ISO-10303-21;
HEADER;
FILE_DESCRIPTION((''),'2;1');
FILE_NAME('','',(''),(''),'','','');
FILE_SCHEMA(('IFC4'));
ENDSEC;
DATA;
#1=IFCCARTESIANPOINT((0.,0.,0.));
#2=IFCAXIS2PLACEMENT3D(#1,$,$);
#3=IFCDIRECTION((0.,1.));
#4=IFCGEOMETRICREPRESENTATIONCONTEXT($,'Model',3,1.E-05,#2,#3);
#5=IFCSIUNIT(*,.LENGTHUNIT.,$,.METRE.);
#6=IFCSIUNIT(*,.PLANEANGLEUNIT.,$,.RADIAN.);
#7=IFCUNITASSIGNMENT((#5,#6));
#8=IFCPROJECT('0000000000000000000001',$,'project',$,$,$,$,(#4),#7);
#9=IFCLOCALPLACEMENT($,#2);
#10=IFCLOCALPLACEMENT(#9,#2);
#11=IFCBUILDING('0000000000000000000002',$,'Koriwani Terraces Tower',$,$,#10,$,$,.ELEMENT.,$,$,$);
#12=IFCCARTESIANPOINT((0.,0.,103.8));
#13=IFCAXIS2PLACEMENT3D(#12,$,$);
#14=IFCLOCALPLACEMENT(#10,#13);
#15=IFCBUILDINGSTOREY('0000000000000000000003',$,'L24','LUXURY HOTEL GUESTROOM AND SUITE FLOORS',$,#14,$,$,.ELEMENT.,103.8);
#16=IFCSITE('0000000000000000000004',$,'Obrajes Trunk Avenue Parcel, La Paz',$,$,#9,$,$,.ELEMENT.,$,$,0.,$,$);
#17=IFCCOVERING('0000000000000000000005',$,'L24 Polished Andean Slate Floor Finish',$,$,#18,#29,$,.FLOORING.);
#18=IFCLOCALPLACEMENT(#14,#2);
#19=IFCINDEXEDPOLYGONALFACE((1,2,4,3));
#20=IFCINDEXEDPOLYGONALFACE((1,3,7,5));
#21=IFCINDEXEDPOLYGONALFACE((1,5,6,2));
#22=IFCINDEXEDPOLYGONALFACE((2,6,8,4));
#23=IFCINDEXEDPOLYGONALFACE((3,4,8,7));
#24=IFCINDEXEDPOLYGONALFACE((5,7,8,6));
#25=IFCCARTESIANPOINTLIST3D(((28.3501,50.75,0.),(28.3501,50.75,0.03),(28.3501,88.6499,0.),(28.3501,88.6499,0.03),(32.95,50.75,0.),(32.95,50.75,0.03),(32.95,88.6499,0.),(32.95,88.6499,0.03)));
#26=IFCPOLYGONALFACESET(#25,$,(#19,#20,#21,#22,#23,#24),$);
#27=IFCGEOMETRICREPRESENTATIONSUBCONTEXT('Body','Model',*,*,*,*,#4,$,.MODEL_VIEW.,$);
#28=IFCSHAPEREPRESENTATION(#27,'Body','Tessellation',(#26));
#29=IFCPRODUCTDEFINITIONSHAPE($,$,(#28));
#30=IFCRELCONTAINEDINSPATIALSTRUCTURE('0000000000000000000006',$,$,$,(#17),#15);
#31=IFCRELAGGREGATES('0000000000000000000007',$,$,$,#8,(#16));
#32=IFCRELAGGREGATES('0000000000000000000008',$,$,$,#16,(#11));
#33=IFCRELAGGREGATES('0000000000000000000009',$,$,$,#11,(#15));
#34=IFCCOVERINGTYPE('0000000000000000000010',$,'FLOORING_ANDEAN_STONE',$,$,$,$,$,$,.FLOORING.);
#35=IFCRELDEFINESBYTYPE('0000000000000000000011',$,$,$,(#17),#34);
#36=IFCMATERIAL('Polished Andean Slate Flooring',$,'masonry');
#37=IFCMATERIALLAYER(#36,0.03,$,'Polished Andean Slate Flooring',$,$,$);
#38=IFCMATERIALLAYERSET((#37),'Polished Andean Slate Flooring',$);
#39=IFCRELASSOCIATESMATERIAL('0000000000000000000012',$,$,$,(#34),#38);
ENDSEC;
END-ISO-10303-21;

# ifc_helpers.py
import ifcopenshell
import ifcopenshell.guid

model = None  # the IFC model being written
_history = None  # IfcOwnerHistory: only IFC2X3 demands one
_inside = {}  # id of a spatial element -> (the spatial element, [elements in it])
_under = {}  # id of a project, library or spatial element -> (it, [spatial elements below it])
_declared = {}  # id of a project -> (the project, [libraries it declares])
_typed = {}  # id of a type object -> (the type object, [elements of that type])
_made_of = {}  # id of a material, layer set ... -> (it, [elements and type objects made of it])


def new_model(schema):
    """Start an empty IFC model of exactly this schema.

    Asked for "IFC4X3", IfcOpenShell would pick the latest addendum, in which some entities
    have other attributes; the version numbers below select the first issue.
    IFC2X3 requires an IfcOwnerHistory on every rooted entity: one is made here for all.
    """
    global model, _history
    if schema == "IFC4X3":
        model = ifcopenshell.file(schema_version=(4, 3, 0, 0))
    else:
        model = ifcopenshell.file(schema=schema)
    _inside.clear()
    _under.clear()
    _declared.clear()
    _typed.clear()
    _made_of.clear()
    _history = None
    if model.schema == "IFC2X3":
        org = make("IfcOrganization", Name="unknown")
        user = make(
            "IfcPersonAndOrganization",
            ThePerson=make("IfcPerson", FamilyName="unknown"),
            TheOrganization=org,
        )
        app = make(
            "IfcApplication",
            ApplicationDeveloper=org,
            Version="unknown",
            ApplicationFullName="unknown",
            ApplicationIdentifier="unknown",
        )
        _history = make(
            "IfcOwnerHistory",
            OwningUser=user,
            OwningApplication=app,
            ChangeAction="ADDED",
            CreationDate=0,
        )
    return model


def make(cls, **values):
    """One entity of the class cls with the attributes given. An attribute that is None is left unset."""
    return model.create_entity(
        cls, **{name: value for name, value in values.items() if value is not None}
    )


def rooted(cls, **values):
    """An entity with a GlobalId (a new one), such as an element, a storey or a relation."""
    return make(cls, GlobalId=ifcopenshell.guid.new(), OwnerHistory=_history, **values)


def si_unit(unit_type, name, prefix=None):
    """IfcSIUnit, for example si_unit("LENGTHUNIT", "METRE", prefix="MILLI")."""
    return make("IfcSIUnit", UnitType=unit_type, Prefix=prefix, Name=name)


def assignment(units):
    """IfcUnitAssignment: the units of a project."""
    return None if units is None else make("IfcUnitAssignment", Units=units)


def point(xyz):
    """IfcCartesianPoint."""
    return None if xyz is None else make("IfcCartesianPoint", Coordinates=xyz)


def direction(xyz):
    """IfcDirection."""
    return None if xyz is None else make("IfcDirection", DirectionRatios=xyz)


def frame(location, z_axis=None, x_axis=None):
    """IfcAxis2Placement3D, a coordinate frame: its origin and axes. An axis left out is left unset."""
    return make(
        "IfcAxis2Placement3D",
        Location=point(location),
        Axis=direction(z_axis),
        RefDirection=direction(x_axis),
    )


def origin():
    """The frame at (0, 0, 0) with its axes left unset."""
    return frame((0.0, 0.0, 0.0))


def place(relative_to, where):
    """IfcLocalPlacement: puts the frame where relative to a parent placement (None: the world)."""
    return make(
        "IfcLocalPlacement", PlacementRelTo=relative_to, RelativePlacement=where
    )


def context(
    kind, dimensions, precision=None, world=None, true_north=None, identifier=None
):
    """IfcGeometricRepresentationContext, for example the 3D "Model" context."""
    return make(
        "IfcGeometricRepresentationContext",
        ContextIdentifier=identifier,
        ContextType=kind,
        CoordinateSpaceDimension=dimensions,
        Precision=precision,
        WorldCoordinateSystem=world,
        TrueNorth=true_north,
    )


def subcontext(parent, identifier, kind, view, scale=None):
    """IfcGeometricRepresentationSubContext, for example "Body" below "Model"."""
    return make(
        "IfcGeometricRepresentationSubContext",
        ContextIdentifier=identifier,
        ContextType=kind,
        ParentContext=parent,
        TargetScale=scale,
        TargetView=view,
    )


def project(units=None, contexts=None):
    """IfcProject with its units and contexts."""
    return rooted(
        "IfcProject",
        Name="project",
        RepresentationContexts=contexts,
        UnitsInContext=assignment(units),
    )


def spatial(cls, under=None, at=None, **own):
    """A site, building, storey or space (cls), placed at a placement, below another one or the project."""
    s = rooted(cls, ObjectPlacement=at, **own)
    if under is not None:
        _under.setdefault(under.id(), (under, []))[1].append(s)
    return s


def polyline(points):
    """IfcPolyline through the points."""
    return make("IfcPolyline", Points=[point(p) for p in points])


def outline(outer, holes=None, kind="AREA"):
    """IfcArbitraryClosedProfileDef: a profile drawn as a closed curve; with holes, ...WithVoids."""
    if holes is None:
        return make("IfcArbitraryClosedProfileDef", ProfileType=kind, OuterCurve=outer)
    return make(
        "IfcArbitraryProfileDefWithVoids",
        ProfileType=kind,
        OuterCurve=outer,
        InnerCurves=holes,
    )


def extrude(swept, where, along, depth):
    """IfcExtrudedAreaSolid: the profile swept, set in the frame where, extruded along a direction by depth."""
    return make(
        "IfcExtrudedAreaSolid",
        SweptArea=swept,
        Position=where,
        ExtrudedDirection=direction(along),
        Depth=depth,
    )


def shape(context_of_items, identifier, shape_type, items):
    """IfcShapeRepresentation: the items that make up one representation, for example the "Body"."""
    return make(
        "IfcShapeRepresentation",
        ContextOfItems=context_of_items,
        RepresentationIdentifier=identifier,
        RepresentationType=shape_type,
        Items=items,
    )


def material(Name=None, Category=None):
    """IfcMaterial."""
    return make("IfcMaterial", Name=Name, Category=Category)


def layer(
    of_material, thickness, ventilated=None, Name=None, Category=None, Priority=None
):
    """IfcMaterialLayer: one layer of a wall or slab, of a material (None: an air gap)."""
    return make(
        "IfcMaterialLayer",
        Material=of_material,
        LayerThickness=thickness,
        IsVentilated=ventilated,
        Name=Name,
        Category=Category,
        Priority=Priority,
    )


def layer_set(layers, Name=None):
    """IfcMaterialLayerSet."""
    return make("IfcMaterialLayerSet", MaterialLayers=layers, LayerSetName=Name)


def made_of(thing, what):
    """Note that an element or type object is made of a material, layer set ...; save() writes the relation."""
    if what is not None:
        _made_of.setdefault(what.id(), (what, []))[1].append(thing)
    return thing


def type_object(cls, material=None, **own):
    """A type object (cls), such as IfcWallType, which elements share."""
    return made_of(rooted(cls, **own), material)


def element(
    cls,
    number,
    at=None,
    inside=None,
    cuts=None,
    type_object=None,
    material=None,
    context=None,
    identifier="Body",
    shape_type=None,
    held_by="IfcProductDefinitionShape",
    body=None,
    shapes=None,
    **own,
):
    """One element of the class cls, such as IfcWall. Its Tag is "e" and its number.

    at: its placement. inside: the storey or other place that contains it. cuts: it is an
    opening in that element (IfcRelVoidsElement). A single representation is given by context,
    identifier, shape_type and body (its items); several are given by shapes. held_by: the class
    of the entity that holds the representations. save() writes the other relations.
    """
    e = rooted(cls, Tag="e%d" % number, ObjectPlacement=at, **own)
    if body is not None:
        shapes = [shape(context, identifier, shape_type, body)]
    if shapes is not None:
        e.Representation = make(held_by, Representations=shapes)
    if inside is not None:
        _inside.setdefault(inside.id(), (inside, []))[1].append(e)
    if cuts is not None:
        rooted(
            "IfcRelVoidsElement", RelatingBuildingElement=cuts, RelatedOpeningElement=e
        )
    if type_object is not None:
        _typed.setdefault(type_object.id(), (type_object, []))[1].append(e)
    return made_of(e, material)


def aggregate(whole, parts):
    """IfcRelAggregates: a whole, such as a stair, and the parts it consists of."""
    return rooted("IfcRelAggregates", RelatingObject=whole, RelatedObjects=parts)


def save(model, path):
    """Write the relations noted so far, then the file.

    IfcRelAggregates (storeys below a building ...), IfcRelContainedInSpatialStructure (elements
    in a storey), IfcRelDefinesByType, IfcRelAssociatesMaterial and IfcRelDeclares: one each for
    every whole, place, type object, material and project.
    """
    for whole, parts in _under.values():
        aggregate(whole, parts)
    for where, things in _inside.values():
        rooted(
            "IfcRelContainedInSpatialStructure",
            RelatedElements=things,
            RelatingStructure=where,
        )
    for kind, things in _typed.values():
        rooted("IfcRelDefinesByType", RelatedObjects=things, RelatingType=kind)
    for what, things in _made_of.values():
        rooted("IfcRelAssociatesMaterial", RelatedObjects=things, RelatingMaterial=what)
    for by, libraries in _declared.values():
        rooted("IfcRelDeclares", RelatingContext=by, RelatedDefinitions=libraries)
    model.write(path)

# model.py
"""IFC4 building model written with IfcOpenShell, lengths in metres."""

from ifc_helpers import new_model, si_unit, direction, frame, origin, place, context, subcontext, project, spatial, polyline, outline, extrude, material, layer, layer_set, type_object, element, save


model = new_model("IFC4")

# Units and contexts
model_context = context("Model", 3, precision=1e-05, world=origin(), true_north=direction((0.0, 1.0)))
body_context = subcontext(model_context, "Body", "Model", "MODEL_VIEW")
ifc_project = project(units=[si_unit("LENGTHUNIT", "METRE"), si_unit("PLANEANGLEUNIT", "RADIAN")], contexts=[model_context])

# Site, building, storey
site_placement = place(None, origin())
site = spatial("IfcSite", under=ifc_project, at=site_placement, Name="Obrajes Trunk Avenue Parcel, La Paz", CompositionType="ELEMENT", RefElevation=0.0)
building_placement = place(site_placement, origin())
building = spatial("IfcBuilding", under=site, at=building_placement, Name="Koriwani Terraces Tower", CompositionType="ELEMENT")
storey_placement = place(building_placement, frame((0.0, 0.0, 103.8)))
storey = spatial("IfcBuildingStorey", under=building, at=storey_placement, Name="L24", Description="LUXURY HOTEL GUESTROOM AND SUITE FLOORS", CompositionType="ELEMENT", Elevation=103.8)

# Covering
ifc_material_1 = material(Name="Polished Andean Slate Flooring", Category="masonry")
ifc_layer_1 = layer(ifc_material_1, 0.03, Name="Polished Andean Slate Flooring")
ifc_layer_set_1 = layer_set([ifc_layer_1], Name="Polished Andean Slate Flooring")
covering_type_1 = type_object("IfcCoveringType", Name="FLOORING_ANDEAN_STONE", PredefinedType="FLOORING", material=ifc_layer_set_1)
covering_1_placement = place(storey_placement, origin())
element("IfcCovering", 1, at=covering_1_placement, inside=storey, type_object=covering_type_1, Name="L24 Polished Andean Slate Floor Finish", PredefinedType="FLOORING", context=body_context, shape_type="SweptSolid", body=[
    extrude(outline(polyline([(28.3501, 50.75), (28.3501, 88.6499), (32.95, 88.6499), (32.95, 50.75), (28.3501, 50.75)])), origin(), (0.0, 0.0, 1.0), 0.03),
])

save(model, "model.ifc")
